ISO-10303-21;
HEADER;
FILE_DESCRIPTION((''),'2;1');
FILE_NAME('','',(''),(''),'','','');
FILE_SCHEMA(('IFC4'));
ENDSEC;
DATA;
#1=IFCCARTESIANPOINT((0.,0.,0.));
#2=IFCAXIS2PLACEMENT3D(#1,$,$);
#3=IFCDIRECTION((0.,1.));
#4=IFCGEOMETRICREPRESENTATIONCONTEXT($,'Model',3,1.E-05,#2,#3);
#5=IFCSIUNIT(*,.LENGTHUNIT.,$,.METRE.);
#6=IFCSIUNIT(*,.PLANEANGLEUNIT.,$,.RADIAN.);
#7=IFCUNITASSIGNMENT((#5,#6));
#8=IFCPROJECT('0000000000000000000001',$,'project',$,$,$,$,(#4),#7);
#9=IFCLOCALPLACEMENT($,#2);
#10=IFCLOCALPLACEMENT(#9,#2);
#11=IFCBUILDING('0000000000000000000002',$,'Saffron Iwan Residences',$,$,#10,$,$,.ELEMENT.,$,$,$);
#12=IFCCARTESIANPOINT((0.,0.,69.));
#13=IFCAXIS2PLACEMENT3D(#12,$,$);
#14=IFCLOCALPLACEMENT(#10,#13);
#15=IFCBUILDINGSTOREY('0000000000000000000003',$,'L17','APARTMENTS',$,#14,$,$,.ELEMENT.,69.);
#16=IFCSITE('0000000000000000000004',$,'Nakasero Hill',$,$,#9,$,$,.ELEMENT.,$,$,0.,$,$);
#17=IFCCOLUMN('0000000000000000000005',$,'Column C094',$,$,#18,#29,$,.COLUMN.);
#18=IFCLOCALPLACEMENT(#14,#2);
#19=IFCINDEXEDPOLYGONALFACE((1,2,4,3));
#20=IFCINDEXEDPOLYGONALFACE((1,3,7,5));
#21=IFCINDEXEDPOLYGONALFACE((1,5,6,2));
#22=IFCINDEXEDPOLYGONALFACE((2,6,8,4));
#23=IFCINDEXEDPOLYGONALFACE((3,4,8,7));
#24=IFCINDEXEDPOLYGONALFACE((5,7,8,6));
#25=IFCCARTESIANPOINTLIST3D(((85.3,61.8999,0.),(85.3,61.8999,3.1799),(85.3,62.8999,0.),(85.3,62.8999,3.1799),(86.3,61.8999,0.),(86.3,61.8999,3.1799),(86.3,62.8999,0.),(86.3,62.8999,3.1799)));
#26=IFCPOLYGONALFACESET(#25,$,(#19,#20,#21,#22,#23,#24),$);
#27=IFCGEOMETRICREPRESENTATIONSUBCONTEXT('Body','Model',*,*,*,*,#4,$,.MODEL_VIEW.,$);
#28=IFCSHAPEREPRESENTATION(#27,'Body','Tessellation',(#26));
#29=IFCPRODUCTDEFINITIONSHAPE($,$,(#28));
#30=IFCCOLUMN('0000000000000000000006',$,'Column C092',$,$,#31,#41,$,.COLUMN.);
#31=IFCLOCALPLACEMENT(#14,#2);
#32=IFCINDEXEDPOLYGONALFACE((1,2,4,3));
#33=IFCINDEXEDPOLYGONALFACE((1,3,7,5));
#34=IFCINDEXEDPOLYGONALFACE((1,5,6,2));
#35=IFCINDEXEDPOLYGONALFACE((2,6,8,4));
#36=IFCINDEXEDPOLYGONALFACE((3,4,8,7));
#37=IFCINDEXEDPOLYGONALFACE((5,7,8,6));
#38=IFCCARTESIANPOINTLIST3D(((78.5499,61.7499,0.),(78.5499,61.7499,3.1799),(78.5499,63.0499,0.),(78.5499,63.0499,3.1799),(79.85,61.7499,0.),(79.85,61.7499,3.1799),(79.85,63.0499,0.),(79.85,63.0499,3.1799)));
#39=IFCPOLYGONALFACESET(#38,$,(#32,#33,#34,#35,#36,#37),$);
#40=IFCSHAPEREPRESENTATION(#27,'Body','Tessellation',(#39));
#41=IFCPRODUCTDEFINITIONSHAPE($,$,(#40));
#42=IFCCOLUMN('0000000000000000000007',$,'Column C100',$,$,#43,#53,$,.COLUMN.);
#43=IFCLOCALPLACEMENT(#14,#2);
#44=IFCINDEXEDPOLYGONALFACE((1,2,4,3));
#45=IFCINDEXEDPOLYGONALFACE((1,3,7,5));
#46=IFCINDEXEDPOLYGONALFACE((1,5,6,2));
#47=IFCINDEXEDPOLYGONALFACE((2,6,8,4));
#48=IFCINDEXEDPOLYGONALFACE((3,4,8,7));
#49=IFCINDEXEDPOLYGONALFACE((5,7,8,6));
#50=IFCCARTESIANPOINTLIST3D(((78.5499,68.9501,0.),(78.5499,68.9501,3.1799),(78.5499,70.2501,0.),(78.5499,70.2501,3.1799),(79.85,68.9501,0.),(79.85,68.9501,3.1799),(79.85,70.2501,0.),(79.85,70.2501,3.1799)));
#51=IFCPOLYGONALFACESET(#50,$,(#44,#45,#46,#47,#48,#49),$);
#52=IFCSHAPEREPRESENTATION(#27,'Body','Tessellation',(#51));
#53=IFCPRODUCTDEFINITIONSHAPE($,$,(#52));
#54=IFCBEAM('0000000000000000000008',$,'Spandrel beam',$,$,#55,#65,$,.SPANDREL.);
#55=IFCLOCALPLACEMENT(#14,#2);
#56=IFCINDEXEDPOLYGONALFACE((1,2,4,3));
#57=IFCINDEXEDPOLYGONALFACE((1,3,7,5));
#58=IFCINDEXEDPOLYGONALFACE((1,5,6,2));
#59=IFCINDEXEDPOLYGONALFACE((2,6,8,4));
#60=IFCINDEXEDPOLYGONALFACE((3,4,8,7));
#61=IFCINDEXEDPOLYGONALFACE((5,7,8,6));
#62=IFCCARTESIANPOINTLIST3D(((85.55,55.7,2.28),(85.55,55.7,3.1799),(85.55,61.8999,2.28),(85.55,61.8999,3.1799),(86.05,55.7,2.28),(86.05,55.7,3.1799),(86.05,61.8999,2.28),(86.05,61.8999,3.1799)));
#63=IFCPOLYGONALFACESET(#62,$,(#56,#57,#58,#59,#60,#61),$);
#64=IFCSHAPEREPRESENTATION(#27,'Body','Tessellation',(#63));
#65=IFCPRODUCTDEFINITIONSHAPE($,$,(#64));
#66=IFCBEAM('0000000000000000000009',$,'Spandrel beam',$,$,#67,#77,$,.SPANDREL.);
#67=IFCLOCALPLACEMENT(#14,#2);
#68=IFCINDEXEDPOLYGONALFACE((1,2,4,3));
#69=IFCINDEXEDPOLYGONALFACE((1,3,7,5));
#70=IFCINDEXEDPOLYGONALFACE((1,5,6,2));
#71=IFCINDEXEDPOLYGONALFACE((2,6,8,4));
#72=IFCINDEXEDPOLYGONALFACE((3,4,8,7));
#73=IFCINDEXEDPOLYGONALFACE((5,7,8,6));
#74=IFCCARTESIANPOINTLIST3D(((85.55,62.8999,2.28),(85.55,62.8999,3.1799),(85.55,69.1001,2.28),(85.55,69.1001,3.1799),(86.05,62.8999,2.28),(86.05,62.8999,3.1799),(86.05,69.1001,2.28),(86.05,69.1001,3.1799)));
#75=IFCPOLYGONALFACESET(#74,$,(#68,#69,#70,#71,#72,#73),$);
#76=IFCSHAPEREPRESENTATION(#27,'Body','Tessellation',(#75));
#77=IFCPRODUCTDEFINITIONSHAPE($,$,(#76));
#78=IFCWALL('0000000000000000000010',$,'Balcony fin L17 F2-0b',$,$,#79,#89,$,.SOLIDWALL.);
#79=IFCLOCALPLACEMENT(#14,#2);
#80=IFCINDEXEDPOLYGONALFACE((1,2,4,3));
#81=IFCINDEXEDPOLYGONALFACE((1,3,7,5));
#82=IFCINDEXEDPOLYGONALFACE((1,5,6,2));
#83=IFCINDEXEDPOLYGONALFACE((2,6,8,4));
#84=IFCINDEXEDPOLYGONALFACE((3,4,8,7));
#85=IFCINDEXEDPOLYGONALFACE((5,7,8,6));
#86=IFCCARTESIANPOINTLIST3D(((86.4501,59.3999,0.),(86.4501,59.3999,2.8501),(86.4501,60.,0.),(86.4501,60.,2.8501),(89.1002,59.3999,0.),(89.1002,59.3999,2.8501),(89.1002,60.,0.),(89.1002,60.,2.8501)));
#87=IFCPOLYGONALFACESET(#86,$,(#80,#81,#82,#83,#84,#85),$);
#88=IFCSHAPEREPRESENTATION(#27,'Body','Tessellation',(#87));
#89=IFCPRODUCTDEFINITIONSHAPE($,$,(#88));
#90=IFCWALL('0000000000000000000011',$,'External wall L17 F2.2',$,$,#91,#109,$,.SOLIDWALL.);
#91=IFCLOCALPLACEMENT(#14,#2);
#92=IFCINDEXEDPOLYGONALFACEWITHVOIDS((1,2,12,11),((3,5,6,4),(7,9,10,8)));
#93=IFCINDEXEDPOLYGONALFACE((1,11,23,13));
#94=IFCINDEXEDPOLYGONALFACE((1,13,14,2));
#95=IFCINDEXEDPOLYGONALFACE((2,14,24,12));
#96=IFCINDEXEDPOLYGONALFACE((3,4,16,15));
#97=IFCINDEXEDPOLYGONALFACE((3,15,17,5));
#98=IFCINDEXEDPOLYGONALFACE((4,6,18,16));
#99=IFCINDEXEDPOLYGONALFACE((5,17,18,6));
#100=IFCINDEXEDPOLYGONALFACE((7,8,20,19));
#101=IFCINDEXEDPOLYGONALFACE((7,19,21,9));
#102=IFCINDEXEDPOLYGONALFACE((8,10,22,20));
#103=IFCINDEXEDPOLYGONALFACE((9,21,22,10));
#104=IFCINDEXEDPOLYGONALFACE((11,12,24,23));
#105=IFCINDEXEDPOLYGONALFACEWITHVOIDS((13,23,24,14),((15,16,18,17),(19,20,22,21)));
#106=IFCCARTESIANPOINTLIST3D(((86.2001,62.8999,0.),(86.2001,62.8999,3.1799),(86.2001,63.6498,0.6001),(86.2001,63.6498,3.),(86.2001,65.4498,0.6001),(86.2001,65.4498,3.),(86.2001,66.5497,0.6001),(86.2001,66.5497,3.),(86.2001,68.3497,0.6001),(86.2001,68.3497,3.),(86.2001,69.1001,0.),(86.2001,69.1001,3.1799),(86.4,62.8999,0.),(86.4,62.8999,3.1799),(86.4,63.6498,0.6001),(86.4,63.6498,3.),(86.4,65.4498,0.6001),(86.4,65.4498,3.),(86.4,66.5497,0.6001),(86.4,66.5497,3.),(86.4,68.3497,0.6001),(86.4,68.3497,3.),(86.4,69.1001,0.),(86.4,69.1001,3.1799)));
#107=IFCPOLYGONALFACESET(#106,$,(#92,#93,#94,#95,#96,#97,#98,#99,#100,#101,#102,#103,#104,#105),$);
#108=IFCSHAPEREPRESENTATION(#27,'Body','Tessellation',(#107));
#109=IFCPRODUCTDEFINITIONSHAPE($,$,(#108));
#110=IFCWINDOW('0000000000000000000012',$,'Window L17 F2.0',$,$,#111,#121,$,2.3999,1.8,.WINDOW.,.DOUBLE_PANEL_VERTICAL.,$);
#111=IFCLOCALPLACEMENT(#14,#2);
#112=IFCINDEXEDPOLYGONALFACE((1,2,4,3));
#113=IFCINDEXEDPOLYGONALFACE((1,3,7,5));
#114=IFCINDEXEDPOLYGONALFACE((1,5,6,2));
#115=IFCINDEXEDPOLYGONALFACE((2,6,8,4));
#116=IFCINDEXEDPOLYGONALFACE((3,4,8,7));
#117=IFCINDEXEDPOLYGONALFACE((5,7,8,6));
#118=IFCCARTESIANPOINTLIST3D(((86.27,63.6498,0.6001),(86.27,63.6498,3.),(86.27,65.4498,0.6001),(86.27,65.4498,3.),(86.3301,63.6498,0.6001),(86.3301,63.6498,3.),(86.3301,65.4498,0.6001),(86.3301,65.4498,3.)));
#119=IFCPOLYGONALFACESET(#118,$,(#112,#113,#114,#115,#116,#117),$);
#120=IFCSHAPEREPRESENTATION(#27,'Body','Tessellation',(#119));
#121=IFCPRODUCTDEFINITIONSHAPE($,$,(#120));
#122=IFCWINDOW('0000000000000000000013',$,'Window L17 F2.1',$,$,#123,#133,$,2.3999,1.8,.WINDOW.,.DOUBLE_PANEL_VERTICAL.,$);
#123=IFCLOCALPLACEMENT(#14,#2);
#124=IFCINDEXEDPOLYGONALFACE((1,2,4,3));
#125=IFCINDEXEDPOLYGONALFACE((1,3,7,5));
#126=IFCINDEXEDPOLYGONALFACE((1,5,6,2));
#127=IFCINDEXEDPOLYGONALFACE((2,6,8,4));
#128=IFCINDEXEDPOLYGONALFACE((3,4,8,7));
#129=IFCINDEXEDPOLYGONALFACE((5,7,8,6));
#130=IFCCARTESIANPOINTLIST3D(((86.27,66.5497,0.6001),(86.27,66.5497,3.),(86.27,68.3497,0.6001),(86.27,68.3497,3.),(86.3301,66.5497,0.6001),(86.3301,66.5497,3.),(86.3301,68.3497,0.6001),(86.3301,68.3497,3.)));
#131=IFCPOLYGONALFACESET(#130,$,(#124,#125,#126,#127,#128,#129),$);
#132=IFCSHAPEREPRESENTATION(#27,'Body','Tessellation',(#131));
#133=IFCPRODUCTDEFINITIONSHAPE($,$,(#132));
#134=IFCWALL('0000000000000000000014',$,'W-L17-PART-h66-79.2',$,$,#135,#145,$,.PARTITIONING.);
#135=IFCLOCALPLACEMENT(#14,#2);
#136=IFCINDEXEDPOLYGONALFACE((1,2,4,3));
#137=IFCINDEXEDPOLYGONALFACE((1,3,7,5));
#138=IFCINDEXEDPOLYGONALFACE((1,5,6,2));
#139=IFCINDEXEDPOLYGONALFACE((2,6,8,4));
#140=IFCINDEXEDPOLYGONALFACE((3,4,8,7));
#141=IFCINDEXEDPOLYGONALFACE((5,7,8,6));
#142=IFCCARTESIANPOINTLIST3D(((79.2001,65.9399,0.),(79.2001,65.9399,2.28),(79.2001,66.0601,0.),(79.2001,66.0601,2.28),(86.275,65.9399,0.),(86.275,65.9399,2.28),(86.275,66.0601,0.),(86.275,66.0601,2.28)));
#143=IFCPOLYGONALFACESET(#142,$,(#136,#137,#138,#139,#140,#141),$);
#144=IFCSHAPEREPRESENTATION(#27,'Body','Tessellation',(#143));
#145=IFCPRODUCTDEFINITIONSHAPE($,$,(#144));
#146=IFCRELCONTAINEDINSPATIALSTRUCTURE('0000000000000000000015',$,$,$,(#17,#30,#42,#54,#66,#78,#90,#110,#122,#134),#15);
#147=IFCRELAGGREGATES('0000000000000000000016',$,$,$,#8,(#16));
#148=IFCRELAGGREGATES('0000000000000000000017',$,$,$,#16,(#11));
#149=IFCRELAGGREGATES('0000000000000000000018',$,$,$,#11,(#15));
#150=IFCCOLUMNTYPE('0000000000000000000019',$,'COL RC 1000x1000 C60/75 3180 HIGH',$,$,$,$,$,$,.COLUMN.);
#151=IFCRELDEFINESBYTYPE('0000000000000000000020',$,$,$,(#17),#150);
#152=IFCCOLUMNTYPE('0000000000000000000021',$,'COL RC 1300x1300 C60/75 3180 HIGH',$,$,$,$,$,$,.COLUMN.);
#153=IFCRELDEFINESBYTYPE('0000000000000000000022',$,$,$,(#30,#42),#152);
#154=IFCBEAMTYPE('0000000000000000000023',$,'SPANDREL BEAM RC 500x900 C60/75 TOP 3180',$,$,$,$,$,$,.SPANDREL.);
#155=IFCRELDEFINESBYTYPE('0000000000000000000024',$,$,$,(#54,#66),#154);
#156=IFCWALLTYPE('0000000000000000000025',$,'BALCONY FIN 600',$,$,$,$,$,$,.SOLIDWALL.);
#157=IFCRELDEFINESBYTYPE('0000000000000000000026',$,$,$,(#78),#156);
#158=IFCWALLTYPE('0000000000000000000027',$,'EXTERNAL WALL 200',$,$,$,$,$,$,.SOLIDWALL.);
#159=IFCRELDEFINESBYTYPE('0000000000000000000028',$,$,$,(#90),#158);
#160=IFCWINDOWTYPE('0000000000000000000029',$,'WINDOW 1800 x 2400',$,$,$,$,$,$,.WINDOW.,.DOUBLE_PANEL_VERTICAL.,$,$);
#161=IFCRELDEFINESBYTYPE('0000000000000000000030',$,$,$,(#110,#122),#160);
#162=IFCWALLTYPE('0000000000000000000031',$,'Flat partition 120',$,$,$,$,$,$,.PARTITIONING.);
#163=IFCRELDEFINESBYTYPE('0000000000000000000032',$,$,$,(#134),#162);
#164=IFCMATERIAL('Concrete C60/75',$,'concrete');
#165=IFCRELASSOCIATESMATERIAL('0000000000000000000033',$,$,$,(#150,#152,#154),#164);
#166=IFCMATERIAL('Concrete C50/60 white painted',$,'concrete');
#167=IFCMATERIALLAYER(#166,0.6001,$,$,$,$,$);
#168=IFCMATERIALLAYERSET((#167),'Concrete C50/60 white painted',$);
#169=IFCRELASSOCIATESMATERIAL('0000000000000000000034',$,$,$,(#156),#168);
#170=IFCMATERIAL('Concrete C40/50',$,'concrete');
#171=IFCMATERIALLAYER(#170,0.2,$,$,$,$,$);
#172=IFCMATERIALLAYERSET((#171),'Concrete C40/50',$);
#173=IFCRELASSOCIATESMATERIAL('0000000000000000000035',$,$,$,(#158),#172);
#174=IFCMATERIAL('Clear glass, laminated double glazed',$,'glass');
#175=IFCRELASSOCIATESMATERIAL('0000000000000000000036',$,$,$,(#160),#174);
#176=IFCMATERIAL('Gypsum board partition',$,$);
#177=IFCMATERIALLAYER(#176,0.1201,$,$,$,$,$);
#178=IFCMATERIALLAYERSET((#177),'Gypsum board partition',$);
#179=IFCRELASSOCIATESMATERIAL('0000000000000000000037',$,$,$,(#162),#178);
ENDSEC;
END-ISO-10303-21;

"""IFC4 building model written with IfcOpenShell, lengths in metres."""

from ifc_helpers import new_model, si_unit, direction, frame, frame_2d, origin, origin_2d, place, context, subcontext, project, spatial, rectangle, extrude, source, transform, mapped, material, layer, layer_set, material_profile, profile_set, type_object, element, fill, save


model = new_model("IFC4")

# Units and contexts
model_context = context("Model", 3, precision=1e-05, world=origin(), true_north=direction((0.0, 1.0)))
body_context = subcontext(model_context, "Body", "Model", "MODEL_VIEW")
ifc_project = project(units=[si_unit("LENGTHUNIT", "METRE"), si_unit("PLANEANGLEUNIT", "RADIAN")], contexts=[model_context])

# Site, building, storey
site_placement = place(None, origin())
site = spatial("IfcSite", under=ifc_project, at=site_placement, Name="Nakasero Hill", CompositionType="ELEMENT", RefElevation=0.0)
building_placement = place(site_placement, origin())
building = spatial("IfcBuilding", under=site, at=building_placement, Name="Saffron Iwan Residences", CompositionType="ELEMENT")
storey_placement = place(building_placement, frame((0.0, 0.0, 69.0)))
storey = spatial("IfcBuildingStorey", under=building, at=storey_placement, Name="L17", Description="APARTMENTS", CompositionType="ELEMENT", Elevation=69.0)

# Columns
ifc_material_1 = material(Name="Concrete C60/75", Category="concrete")
ifc_material_profile_1 = material_profile(ifc_material_1, rectangle(XDim=1.0, YDim=1.0, at=origin_2d()), Name="RC 1000x1000")
ifc_profile_set_1 = profile_set([ifc_material_profile_1], Name="Concrete C60/75")
column_type_1 = type_object("IfcColumnType", Name="COL RC 1000x1000 C60/75 3180 HIGH", PredefinedType="COLUMN", material=ifc_profile_set_1)
shared_shape_1 = source(origin(), body_context, "Body", "SweptSolid", [
    extrude(rectangle(XDim=1.0, YDim=1.0, at=origin_2d()), origin(), (0.0, 0.0, 1.0), 3.1799),
])
column_placement = place(storey_placement, frame((85.8, 62.3999, 0.0), z_axis=(0.0, 0.0, 1.0), x_axis=(1.0, 0.0, 0.0)))
element("IfcColumn", 1, at=column_placement, inside=storey, type_object=column_type_1, Name="Column C094", PredefinedType="COLUMN", context=body_context, shape_type="MappedRepresentation", body=[
    mapped(shared_shape_1, transform((0.0, 0.0, 0.0))),
])
ifc_material_profile_2 = material_profile(ifc_material_1, rectangle(XDim=1.3, YDim=1.3, at=origin_2d()), Name="RC 1300x1300")
ifc_profile_set_2 = profile_set([ifc_material_profile_2], Name="Concrete C60/75")
column_type_2 = type_object("IfcColumnType", Name="COL RC 1300x1300 C60/75 3180 HIGH", PredefinedType="COLUMN", material=ifc_profile_set_2)
shared_shape_2 = source(origin(), body_context, "Body", "SweptSolid", [
    extrude(rectangle(XDim=1.3, YDim=1.3, at=origin_2d()), origin(), (0.0, 0.0, 1.0), 3.1799),
])
for number, where, z_axis, x_axis, name in (
    (2, (79.2, 62.3999, 0.0), (0.0, 0.0, 1.0), (1.0, 0.0, 0.0), "Column C092"),
    (3, (79.2, 69.6001, 0.0), (0.0, 0.0, 1.0), (1.0, 0.0, 0.0), "Column C100"),
):
    element("IfcColumn", number, at=place(storey_placement, frame(where, z_axis=z_axis, x_axis=x_axis)), inside=storey, type_object=column_type_2, Name=name, PredefinedType="COLUMN", context=body_context, shape_type="MappedRepresentation", body=[
        mapped(shared_shape_2, transform((0.0, 0.0, 0.0))),
    ])

# Beams
ifc_material_profile_3 = material_profile(ifc_material_1, rectangle(XDim=0.5, YDim=0.8999, at=origin_2d()), Name="RC 500x900")
ifc_profile_set_3 = profile_set([ifc_material_profile_3], Name="Concrete C60/75")
beam_type = type_object("IfcBeamType", Name="SPANDREL BEAM RC 500x900 C60/75 TOP 3180", PredefinedType="SPANDREL", material=ifc_profile_set_3)
shared_shape_3 = source(origin(), body_context, "Body", "SweptSolid", [
    extrude(rectangle(XDim=0.5, YDim=0.8999, at=origin_2d()), origin(), (0.0, 0.0, 1.0), 6.2),
])
beam_1_placement = place(storey_placement, frame((85.8, 61.8999, 2.73), z_axis=(0.0, -1.0, 0.0), x_axis=(1.0, 0.0, 0.0)))
element("IfcBeam", 4, at=beam_1_placement, inside=storey, type_object=beam_type, Name="Spandrel beam", PredefinedType="SPANDREL", context=body_context, shape_type="MappedRepresentation", body=[
    mapped(shared_shape_3, transform((0.0, 0.0, 0.0))),
])
shared_shape_4 = source(origin(), body_context, "Body", "SweptSolid", [
    extrude(rectangle(XDim=0.5, YDim=0.8999, at=origin_2d()), origin(), (0.0, 0.0, 1.0), 6.2002),
])
beam_2_placement = place(storey_placement, frame((85.8, 69.1001, 2.73), z_axis=(0.0, -1.0, 0.0), x_axis=(1.0, 0.0, 0.0)))
element("IfcBeam", 5, at=beam_2_placement, inside=storey, type_object=beam_type, Name="Spandrel beam", PredefinedType="SPANDREL", context=body_context, shape_type="MappedRepresentation", body=[
    mapped(shared_shape_4, transform((0.0, 0.0, 0.0))),
])

# Wall
ifc_material_2 = material(Name="Concrete C50/60 white painted", Category="concrete")
ifc_layer_1 = layer(ifc_material_2, 0.6001)
ifc_layer_set_1 = layer_set([ifc_layer_1], Name="Concrete C50/60 white painted")
wall_type_1 = type_object("IfcWallType", Name="BALCONY FIN 600", PredefinedType="SOLIDWALL", material=ifc_layer_set_1)
wall_1_placement = place(storey_placement, frame((86.45, 59.7, 0.0), z_axis=(0.0, 0.0, 1.0), x_axis=(1.0, 0.0, 0.0)))
element("IfcWall", 6, at=wall_1_placement, inside=storey, type_object=wall_type_1, Name="Balcony fin L17 F2-0b", PredefinedType="SOLIDWALL", context=body_context, shape_type="SweptSolid", body=[
    extrude(rectangle(XDim=2.6501, YDim=0.6001, at=frame_2d((1.3252, 0.0))), origin(), (0.0, 0.0, 1.0), 2.8501),
])

# Shared definitions
ifc_material_3 = material(Name="Concrete C40/50", Category="concrete")
ifc_layer_2 = layer(ifc_material_3, 0.2)
ifc_layer_set_2 = layer_set([ifc_layer_2], Name="Concrete C40/50")
wall_type_2 = type_object("IfcWallType", Name="EXTERNAL WALL 200", PredefinedType="SOLIDWALL", material=ifc_layer_set_2)
ifc_material_4 = material(Name="Clear glass, laminated double glazed", Category="glass")

# Wall, openings, windows
wall_2_placement = place(storey_placement, frame((86.3, 62.8999, 0.0), z_axis=(0.0, 0.0, 1.0), x_axis=(0.0, 1.0, 0.0)))
wall_2 = element("IfcWall", 7, at=wall_2_placement, inside=storey, type_object=wall_type_2, Name="External wall L17 F2.2", PredefinedType="SOLIDWALL", context=body_context, shape_type="SweptSolid", body=[
    extrude(rectangle(XDim=6.2002, YDim=0.2, at=frame_2d((3.1001, 0.0))), origin(), (0.0, 0.0, 1.0), 3.1799),
])
opening_1_placement = place(wall_2_placement, frame((0.75, 0.0, 0.6001)))
opening_1 = element("IfcOpeningElement", 8, at=opening_1_placement, cuts=wall_2, PredefinedType="OPENING", context=body_context, shape_type="SweptSolid", body=[
    extrude(rectangle(XDim=1.8, YDim=2.3999, at=frame_2d((0.8999, 1.2))), frame((0.0, 0.1099, 0.0), z_axis=(0.0, -1.0, 0.0), x_axis=(1.0, 0.0, 0.0)), (0.0, 0.0, 1.0), 0.22),
])
opening_2_placement = place(wall_2_placement, frame((3.6499, 0.0, 0.6001)))
opening_2 = element("IfcOpeningElement", 9, at=opening_2_placement, cuts=wall_2, PredefinedType="OPENING", context=body_context, shape_type="SweptSolid", body=[
    extrude(rectangle(XDim=1.8, YDim=2.3999, at=frame_2d((0.8999, 1.2))), frame((0.0, 0.1099, 0.0), z_axis=(0.0, -1.0, 0.0), x_axis=(1.0, 0.0, 0.0)), (0.0, 0.0, 1.0), 0.22),
])
window_type_1 = type_object("IfcWindowType", Name="WINDOW 1800 x 2400", PartitioningType="DOUBLE_PANEL_VERTICAL", PredefinedType="WINDOW", material=ifc_material_4)
window_1_placement = place(opening_1_placement, origin())
window_1 = element("IfcWindow", 10, at=window_1_placement, inside=storey, type_object=window_type_1, Name="Window L17 F2.0", OverallHeight=2.3999, OverallWidth=1.8, PartitioningType="DOUBLE_PANEL_VERTICAL", PredefinedType="WINDOW", context=body_context, shape_type="SweptSolid", body=[
    extrude(rectangle(XDim=1.8, YDim=2.3999, at=frame_2d((0.8999, 1.2))), frame((0.0, 0.03, 0.0), z_axis=(0.0, -1.0, 0.0), x_axis=(1.0, 0.0, 0.0)), (0.0, 0.0, 1.0), 0.0601),
])
fill(opening_1, window_1)
window_2_placement = place(opening_2_placement, origin())
window_2 = element("IfcWindow", 11, at=window_2_placement, inside=storey, type_object=window_type_1, Name="Window L17 F2.1", OverallHeight=2.3999, OverallWidth=1.8, PartitioningType="DOUBLE_PANEL_VERTICAL", PredefinedType="WINDOW", context=body_context, shape_type="SweptSolid", body=[
    extrude(rectangle(XDim=1.8, YDim=2.3999, at=frame_2d((0.8999, 1.2))), frame((0.0, 0.03, 0.0), z_axis=(0.0, -1.0, 0.0), x_axis=(1.0, 0.0, 0.0)), (0.0, 0.0, 1.0), 0.0601),
])
fill(opening_2, window_2)

# Wall
ifc_material_5 = material(Name="Gypsum board partition")
ifc_layer_3 = layer(ifc_material_5, 0.1201)
ifc_layer_set_3 = layer_set([ifc_layer_3], Name="Gypsum board partition")
wall_type_3 = type_object("IfcWallType", Name="Flat partition 120", PredefinedType="PARTITIONING", material=ifc_layer_set_3)
wall_3_placement = place(storey_placement, frame((79.2, 66.0, 0.0), z_axis=(0.0, 0.0, 1.0), x_axis=(1.0, 0.0, 0.0)))
element("IfcWall", 12, at=wall_3_placement, inside=storey, type_object=wall_type_3, Name="W-L17-PART-h66-79.2", PredefinedType="PARTITIONING", context=body_context, shape_type="SweptSolid", body=[
    extrude(rectangle(XDim=7.075, YDim=0.1201, at=frame_2d((3.5376, 0.0))), origin(), (0.0, 0.0, 1.0), 2.28),
])

save(model, "model.ifc")
